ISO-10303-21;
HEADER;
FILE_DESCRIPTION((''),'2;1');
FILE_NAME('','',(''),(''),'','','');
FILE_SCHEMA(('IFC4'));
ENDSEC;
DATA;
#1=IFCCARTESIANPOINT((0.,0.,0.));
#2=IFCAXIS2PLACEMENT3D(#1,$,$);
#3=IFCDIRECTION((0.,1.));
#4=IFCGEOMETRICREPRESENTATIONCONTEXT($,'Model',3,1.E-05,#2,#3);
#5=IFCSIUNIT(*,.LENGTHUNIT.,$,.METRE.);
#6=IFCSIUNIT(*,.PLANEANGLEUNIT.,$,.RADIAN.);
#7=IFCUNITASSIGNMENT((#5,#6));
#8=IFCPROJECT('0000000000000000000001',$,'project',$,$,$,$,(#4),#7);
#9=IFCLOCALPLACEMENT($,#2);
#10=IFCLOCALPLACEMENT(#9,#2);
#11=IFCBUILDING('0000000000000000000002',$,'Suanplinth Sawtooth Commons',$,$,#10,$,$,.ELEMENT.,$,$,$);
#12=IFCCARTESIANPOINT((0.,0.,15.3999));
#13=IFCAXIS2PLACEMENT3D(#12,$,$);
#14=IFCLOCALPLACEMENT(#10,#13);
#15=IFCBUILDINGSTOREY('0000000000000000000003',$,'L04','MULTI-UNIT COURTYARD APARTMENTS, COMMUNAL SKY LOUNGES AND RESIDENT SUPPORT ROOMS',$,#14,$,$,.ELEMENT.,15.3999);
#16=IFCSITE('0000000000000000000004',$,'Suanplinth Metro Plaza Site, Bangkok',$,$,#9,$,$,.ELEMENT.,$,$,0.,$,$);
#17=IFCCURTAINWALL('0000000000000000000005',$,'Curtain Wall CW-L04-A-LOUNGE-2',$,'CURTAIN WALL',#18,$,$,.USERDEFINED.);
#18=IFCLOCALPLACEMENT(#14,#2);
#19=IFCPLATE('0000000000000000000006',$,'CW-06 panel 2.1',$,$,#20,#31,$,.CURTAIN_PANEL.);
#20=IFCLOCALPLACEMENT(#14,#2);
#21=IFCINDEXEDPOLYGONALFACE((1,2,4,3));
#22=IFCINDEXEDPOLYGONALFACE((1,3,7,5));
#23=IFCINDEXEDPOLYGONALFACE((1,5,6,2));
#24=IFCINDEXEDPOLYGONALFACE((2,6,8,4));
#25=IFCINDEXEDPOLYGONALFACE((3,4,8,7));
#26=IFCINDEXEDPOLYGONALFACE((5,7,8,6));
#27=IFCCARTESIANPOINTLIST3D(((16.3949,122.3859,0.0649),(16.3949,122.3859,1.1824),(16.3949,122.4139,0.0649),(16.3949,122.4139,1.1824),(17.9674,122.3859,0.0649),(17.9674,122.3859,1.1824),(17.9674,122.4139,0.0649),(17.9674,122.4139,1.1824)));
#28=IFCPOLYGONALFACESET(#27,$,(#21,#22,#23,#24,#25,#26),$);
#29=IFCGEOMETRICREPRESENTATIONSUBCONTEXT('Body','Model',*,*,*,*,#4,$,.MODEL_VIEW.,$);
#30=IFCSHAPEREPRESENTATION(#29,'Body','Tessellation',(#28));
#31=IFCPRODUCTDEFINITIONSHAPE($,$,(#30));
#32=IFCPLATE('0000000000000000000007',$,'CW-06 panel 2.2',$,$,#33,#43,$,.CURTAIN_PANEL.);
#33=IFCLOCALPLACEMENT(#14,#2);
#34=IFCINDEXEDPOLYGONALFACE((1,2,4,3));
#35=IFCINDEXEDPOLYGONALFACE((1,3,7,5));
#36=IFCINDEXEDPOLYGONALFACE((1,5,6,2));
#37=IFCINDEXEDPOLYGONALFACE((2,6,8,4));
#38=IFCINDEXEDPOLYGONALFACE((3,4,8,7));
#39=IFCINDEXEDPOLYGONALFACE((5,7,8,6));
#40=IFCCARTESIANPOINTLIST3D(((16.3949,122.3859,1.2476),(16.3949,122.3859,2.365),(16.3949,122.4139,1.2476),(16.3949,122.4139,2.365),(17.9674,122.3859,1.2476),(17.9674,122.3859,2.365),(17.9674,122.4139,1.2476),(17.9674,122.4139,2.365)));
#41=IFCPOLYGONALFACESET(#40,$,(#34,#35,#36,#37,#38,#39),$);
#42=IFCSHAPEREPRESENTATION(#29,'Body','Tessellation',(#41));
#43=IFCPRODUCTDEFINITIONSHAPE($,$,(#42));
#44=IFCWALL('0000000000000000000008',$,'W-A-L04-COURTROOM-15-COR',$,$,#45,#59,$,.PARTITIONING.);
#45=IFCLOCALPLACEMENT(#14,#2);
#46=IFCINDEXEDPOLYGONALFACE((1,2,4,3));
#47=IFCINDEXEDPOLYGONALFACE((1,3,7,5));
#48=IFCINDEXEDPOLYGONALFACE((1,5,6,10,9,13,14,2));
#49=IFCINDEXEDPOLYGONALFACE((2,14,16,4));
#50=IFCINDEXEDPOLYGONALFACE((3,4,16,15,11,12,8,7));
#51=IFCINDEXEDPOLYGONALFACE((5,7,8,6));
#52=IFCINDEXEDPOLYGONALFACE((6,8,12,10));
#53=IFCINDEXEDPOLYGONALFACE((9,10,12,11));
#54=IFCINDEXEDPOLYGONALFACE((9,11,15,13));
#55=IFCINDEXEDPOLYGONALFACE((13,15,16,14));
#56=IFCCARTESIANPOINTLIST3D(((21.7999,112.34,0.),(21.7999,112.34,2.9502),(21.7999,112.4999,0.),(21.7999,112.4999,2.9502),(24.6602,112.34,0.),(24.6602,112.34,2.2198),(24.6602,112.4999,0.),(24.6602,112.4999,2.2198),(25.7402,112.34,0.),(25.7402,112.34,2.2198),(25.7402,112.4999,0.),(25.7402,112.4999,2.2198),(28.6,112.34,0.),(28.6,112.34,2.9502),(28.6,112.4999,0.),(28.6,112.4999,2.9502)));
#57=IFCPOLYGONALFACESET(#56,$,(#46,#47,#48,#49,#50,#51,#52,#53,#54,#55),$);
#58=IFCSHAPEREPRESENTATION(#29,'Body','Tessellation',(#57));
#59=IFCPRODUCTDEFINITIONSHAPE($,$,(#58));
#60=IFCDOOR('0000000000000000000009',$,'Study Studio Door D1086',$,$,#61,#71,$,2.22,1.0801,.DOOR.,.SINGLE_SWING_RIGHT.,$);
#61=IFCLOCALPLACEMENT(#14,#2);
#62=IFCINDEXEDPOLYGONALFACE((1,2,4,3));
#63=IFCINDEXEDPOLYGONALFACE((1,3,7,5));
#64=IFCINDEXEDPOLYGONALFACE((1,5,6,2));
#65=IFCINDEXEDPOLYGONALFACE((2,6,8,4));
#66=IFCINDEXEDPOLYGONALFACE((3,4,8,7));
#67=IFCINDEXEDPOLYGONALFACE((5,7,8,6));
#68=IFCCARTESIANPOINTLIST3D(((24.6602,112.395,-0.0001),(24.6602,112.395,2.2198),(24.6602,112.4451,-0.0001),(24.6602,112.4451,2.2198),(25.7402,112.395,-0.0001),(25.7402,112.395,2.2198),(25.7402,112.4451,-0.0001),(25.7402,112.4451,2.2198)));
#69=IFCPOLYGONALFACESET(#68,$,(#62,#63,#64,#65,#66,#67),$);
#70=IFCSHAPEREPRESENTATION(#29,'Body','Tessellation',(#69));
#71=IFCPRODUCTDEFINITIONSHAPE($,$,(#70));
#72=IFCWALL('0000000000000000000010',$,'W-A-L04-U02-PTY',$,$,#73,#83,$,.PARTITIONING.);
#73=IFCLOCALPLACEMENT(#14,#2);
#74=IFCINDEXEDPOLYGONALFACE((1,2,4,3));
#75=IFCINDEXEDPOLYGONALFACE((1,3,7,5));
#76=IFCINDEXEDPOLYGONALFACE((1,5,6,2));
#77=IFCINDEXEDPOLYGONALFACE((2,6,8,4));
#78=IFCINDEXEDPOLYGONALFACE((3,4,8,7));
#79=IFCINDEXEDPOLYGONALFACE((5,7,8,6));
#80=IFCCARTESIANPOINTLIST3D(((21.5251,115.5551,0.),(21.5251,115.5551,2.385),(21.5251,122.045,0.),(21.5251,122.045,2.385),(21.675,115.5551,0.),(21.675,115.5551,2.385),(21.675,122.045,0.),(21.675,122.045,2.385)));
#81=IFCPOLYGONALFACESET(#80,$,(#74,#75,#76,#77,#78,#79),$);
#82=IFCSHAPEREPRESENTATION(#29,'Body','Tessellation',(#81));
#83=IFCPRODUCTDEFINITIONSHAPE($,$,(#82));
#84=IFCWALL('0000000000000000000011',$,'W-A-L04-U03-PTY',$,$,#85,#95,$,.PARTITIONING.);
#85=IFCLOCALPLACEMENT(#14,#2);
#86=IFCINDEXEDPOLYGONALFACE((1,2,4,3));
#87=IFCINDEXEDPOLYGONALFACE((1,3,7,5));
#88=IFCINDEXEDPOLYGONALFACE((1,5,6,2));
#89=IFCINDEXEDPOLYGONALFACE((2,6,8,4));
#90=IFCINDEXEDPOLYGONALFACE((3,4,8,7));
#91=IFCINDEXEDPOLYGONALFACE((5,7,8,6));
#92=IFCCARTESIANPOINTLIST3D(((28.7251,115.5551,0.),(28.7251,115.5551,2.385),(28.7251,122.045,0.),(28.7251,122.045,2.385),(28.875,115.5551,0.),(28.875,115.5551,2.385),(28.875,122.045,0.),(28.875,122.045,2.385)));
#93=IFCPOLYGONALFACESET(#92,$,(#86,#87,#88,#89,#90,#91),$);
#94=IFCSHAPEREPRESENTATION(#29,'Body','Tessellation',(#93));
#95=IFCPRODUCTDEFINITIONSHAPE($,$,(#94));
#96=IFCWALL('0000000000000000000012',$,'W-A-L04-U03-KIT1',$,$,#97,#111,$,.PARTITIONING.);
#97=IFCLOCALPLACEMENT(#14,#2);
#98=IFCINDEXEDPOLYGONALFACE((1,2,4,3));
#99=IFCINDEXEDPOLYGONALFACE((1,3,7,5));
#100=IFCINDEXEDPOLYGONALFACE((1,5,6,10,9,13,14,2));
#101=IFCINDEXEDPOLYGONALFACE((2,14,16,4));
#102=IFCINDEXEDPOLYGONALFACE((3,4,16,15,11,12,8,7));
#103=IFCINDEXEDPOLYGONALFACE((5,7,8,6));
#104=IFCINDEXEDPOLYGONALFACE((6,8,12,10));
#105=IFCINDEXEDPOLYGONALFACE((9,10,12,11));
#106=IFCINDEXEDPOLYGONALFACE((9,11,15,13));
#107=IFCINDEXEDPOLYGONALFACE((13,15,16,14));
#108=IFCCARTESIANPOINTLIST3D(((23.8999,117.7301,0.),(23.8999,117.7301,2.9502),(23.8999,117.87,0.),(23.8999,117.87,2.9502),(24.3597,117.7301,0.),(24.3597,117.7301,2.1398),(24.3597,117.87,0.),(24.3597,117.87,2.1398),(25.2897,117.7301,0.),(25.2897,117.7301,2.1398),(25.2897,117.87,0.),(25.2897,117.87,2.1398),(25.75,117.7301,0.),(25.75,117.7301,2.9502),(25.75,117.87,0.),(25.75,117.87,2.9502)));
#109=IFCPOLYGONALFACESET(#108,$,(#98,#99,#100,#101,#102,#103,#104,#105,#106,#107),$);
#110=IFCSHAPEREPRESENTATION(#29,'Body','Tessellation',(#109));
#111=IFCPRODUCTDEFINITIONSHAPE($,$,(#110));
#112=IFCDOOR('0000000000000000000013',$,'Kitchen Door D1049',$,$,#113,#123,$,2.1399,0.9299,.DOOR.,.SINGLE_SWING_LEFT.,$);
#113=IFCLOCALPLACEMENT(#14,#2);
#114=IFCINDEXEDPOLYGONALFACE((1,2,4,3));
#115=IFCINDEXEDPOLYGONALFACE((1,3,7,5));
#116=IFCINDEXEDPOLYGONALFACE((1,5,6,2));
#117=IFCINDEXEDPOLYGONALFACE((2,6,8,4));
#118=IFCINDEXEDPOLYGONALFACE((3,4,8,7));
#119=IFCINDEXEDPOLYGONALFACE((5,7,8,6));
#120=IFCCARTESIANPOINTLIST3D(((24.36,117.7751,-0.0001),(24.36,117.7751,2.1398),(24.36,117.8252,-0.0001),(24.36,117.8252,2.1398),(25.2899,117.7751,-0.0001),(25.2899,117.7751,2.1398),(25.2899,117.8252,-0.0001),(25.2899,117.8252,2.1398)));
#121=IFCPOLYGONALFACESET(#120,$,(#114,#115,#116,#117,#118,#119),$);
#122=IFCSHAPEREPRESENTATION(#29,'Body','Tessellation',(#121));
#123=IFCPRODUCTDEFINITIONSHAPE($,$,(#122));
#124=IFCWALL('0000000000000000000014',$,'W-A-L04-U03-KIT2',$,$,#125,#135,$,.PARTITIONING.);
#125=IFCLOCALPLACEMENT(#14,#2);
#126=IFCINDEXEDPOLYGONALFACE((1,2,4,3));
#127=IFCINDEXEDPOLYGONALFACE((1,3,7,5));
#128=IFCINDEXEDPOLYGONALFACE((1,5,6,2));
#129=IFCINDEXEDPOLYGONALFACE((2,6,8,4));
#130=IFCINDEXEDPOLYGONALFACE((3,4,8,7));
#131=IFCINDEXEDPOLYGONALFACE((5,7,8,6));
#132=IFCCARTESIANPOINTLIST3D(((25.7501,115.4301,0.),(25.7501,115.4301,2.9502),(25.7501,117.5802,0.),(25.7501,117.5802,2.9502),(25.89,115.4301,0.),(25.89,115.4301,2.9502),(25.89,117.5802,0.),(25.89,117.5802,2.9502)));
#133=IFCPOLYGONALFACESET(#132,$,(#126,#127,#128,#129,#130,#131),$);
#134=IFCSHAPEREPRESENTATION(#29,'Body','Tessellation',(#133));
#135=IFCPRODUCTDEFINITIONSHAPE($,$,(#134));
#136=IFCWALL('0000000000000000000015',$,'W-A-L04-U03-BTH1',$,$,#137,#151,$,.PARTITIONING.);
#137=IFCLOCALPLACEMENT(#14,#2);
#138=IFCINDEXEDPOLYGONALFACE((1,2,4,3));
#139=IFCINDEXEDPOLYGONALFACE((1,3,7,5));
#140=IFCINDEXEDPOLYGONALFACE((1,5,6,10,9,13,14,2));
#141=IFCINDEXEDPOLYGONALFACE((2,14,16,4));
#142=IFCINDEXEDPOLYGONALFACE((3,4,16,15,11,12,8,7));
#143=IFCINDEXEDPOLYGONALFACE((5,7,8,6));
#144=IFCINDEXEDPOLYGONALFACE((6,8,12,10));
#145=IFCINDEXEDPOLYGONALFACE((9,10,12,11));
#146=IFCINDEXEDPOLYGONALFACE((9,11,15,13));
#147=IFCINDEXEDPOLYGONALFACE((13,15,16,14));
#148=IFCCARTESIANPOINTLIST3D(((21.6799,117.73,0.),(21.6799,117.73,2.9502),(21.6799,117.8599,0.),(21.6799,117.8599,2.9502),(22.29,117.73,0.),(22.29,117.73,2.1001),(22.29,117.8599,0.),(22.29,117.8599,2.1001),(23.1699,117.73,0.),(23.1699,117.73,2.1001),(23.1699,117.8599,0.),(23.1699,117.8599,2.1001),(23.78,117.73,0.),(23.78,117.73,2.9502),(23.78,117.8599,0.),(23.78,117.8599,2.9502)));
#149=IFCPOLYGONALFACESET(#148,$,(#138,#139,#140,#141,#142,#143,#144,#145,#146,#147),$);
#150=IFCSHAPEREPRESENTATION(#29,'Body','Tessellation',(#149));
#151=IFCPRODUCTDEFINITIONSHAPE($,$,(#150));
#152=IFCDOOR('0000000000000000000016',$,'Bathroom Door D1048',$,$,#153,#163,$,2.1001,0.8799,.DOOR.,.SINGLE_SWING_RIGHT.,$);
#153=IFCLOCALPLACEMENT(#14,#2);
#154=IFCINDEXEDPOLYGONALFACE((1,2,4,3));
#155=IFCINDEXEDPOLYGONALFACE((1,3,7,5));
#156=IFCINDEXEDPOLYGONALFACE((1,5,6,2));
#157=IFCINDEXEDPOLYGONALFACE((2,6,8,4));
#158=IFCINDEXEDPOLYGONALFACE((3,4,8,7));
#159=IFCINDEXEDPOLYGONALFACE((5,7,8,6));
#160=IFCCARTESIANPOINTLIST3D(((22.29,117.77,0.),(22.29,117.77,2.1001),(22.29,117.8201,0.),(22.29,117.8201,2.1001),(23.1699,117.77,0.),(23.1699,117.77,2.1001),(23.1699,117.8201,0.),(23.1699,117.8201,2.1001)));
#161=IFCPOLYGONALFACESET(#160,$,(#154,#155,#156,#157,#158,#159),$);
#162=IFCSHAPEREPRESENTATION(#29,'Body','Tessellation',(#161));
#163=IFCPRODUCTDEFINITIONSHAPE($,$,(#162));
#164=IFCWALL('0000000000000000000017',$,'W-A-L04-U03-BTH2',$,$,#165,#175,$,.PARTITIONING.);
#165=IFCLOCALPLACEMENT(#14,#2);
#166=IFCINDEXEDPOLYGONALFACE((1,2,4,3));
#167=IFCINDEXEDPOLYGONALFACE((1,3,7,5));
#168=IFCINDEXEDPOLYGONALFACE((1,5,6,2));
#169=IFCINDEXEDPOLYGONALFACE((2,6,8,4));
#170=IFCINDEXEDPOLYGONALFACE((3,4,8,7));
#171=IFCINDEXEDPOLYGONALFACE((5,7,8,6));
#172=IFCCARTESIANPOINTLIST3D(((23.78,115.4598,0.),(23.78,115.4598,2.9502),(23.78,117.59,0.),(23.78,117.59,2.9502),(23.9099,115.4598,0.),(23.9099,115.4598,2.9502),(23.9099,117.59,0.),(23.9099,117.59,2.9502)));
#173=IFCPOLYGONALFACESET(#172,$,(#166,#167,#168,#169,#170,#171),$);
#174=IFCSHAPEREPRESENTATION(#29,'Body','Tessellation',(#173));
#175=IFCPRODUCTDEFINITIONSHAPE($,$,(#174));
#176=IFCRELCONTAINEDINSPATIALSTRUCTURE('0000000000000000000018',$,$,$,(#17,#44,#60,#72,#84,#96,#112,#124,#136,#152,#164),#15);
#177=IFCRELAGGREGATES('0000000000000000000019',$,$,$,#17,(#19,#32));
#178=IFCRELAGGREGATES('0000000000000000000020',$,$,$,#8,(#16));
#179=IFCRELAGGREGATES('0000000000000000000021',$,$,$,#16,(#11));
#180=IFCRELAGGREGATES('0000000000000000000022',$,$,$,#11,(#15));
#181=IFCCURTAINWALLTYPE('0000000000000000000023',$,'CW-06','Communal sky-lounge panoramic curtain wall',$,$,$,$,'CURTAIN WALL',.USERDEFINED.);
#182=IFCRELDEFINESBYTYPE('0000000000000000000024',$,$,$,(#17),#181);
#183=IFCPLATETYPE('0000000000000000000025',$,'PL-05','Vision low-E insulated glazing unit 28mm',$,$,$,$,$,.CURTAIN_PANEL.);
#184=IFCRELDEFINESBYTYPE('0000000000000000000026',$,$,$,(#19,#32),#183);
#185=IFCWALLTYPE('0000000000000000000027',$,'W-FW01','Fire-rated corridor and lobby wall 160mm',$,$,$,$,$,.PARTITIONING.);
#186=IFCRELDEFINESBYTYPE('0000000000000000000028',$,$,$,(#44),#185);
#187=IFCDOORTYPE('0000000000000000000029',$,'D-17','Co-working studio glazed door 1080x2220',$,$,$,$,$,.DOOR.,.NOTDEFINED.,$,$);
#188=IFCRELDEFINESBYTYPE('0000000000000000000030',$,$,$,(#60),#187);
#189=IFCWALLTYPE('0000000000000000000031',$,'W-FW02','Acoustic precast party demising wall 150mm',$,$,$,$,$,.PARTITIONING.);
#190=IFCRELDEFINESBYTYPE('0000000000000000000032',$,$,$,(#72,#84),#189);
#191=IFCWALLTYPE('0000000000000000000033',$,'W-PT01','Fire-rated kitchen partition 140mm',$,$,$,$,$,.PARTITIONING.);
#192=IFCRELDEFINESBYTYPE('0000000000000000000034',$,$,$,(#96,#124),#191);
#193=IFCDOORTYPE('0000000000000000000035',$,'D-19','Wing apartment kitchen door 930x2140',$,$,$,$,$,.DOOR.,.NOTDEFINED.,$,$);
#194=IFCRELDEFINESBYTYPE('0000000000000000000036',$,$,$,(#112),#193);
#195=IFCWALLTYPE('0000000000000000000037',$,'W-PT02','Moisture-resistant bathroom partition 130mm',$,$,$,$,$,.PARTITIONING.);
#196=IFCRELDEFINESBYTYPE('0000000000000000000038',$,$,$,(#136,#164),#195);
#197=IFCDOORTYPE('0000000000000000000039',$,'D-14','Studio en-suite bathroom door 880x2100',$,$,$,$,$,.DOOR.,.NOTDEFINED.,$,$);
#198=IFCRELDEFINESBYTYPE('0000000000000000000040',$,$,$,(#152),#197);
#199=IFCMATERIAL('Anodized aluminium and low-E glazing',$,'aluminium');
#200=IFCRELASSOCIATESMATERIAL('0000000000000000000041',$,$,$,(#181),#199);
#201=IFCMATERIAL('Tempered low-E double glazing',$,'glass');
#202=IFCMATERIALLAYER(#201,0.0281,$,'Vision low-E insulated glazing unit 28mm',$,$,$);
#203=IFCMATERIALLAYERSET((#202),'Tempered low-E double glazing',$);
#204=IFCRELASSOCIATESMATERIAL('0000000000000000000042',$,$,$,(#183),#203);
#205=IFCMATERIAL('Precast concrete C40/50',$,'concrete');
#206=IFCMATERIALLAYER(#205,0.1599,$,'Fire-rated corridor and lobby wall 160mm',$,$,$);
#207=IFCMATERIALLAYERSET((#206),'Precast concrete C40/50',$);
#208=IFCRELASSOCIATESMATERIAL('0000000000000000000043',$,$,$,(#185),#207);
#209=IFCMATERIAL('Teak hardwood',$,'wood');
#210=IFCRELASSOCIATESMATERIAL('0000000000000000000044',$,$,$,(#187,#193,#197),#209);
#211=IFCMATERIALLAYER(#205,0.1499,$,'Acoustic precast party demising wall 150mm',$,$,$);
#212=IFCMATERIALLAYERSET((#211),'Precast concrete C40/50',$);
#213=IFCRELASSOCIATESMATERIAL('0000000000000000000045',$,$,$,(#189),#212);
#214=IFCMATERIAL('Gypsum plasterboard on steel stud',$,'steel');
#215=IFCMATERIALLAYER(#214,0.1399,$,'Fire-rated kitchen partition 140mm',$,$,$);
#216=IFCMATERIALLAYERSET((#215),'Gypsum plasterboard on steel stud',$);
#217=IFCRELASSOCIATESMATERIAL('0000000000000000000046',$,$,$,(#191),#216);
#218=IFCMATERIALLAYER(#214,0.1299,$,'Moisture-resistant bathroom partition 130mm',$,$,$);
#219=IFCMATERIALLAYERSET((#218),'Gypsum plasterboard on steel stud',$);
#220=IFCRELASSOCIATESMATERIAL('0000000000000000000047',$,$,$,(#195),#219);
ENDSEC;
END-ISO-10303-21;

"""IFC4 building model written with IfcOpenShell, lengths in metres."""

from ifc_helpers import new_model, si_unit, direction, frame, frame_2d, origin, origin_2d, place, context, subcontext, project, spatial, rectangle, extrude, material, layer, layer_set, type_object, element, fill, aggregate, save


model = new_model("IFC4")

# Units and contexts
model_context = context("Model", 3, precision=1e-05, world=origin(), true_north=direction((0.0, 1.0)))
body_context = subcontext(model_context, "Body", "Model", "MODEL_VIEW")
ifc_project = project(units=[si_unit("LENGTHUNIT", "METRE"), si_unit("PLANEANGLEUNIT", "RADIAN")], contexts=[model_context])

# Site, building, storey
site_placement = place(None, origin())
site = spatial("IfcSite", under=ifc_project, at=site_placement, Name="Suanplinth Metro Plaza Site, Bangkok", CompositionType="ELEMENT", RefElevation=0.0)
building_placement = place(site_placement, origin())
building = spatial("IfcBuilding", under=site, at=building_placement, Name="Suanplinth Sawtooth Commons", CompositionType="ELEMENT")
storey_placement = place(building_placement, frame((0.0, 0.0, 15.3999)))
storey = spatial("IfcBuildingStorey", under=building, at=storey_placement, Name="L04", Description="MULTI-UNIT COURTYARD APARTMENTS, COMMUNAL SKY LOUNGES AND RESIDENT SUPPORT ROOMS", CompositionType="ELEMENT", Elevation=15.3999)

# Shared definitions
ifc_material_1 = material(Name="Precast concrete C40/50", Category="concrete")

# Curtain wall, plates
ifc_material_2 = material(Name="Anodized aluminium and low-E glazing", Category="aluminium")
curtain_wall_type = type_object("IfcCurtainWallType", Name="CW-06", Description="Communal sky-lounge panoramic curtain wall", ElementType="CURTAIN WALL", PredefinedType="USERDEFINED", material=ifc_material_2)
curtain_wall_placement = place(storey_placement, origin())
curtain_wall = element("IfcCurtainWall", 1, at=curtain_wall_placement, inside=storey, type_object=curtain_wall_type, Name="Curtain Wall CW-L04-A-LOUNGE-2", ObjectType="CURTAIN WALL", PredefinedType="USERDEFINED")
ifc_material_3 = material(Name="Tempered low-E double glazing", Category="glass")
ifc_layer_1 = layer(ifc_material_3, 0.0281, Name="Vision low-E insulated glazing unit 28mm")
ifc_layer_set_1 = layer_set([ifc_layer_1], Name="Tempered low-E double glazing")
plate_type = type_object("IfcPlateType", Name="PL-05", Description="Vision low-E insulated glazing unit 28mm", PredefinedType="CURTAIN_PANEL", material=ifc_layer_set_1)
plate_1_placement = place(storey_placement, frame((17.1812, 122.3999, 0.0649), z_axis=(0.0, 0.0, 1.0), x_axis=(1.0, 0.0, 0.0)))
plate_1 = element("IfcPlate", 2, at=plate_1_placement, type_object=plate_type, Name="CW-06 panel 2.1", PredefinedType="CURTAIN_PANEL", context=body_context, shape_type="SweptSolid", body=[
    extrude(rectangle(XDim=1.5725, YDim=0.0281, at=origin_2d()), origin(), (0.0, 0.0, 1.0), 1.1174),
])
plate_2_placement = place(storey_placement, frame((17.1812, 122.3999, 1.2476), z_axis=(0.0, 0.0, 1.0), x_axis=(1.0, 0.0, 0.0)))
plate_2 = element("IfcPlate", 3, at=plate_2_placement, type_object=plate_type, Name="CW-06 panel 2.2", PredefinedType="CURTAIN_PANEL", context=body_context, shape_type="SweptSolid", body=[
    extrude(rectangle(XDim=1.5725, YDim=0.0281, at=origin_2d()), origin(), (0.0, 0.0, 1.0), 1.1174),
])
aggregate(curtain_wall, [plate_1, plate_2])

# Wall, opening, door
ifc_layer_2 = layer(ifc_material_1, 0.1599, Name="Fire-rated corridor and lobby wall 160mm")
ifc_layer_set_2 = layer_set([ifc_layer_2], Name="Precast concrete C40/50")
wall_type_1 = type_object("IfcWallType", Name="W-FW01", Description="Fire-rated corridor and lobby wall 160mm", PredefinedType="PARTITIONING", material=ifc_layer_set_2)
wall_1_placement = place(storey_placement, frame((21.8, 112.4199, 0.0), z_axis=(0.0, 0.0, 1.0), x_axis=(1.0, 0.0, 0.0)))
wall_1 = element("IfcWall", 4, at=wall_1_placement, inside=storey, type_object=wall_type_1, Name="W-A-L04-COURTROOM-15-COR", PredefinedType="PARTITIONING", context=body_context, shape_type="SweptSolid", body=[
    extrude(rectangle(XDim=6.8, YDim=0.1599, at=frame_2d((3.3999, 0.0))), origin(), (0.0, 0.0, 1.0), 2.9502),
])
opening_1_placement = place(wall_1_placement, frame((2.8601, 0.0, 0.0)))
opening_1 = element("IfcOpeningElement", 5, at=opening_1_placement, cuts=wall_1, PredefinedType="OPENING", context=body_context, shape_type="SweptSolid", body=[
    extrude(rectangle(XDim=1.0801, YDim=2.22, at=frame_2d((0.54, 1.1099))), frame((0.0, 0.0947, 0.0), z_axis=(0.0, -1.0, 0.0), x_axis=(1.0, 0.0, 0.0)), (0.0, 0.0, 1.0), 0.1897),
])
ifc_material_4 = material(Name="Teak hardwood", Category="wood")
door_type_1 = type_object("IfcDoorType", Name="D-17", Description="Co-working studio glazed door 1080x2220", OperationType="NOTDEFINED", PredefinedType="DOOR", material=ifc_material_4)
door_1_placement = place(opening_1_placement, frame((1.0801, 0.0, 0.0), z_axis=(0.0, 0.0, 1.0), x_axis=(-1.0, 0.0, 0.0)))
door_1 = element("IfcDoor", 6, at=door_1_placement, inside=storey, type_object=door_type_1, Name="Study Studio Door D1086", OperationType="SINGLE_SWING_RIGHT", OverallHeight=2.22, OverallWidth=1.0801, PredefinedType="DOOR", context=body_context, shape_type="SweptSolid", body=[
    extrude(rectangle(XDim=1.0801, YDim=2.22, at=frame_2d((0.54, 1.1099))), frame((0.0, 0.0249, 0.0), z_axis=(0.0, -1.0, 0.0), x_axis=(1.0, 0.0, 0.0)), (0.0, 0.0, 1.0), 0.05),
])
fill(opening_1, door_1)

# Walls
ifc_layer_3 = layer(ifc_material_1, 0.1499, Name="Acoustic precast party demising wall 150mm")
ifc_layer_set_3 = layer_set([ifc_layer_3], Name="Precast concrete C40/50")
wall_type_2 = type_object("IfcWallType", Name="W-FW02", Description="Acoustic precast party demising wall 150mm", PredefinedType="PARTITIONING", material=ifc_layer_set_3)
for number, where, z_axis, x_axis, name in (
    (7, (21.6001, 115.5549, 0.0), (0.0, 0.0, 1.0), (0.0, 1.0, 0.0), "W-A-L04-U02-PTY"),
    (8, (28.8, 115.5549, 0.0), (0.0, 0.0, 1.0), (0.0, 1.0, 0.0), "W-A-L04-U03-PTY"),
):
    element("IfcWall", number, at=place(storey_placement, frame(where, z_axis=z_axis, x_axis=x_axis)), inside=storey, type_object=wall_type_2, Name=name, PredefinedType="PARTITIONING", context=body_context, shape_type="SweptSolid", body=[
        extrude(rectangle(XDim=6.49, YDim=0.1499, at=frame_2d((3.2451, 0.0))), origin(), (0.0, 0.0, 1.0), 2.385),
    ])

# Wall, opening, door
ifc_material_5 = material(Name="Gypsum plasterboard on steel stud", Category="steel")
ifc_layer_4 = layer(ifc_material_5, 0.1399, Name="Fire-rated kitchen partition 140mm")
ifc_layer_set_4 = layer_set([ifc_layer_4], Name="Gypsum plasterboard on steel stud")
wall_type_3 = type_object("IfcWallType", Name="W-PT01", Description="Fire-rated kitchen partition 140mm", PredefinedType="PARTITIONING", material=ifc_layer_set_4)
wall_2_placement = place(storey_placement, frame((23.8999, 117.8, 0.0), z_axis=(0.0, 0.0, 1.0), x_axis=(1.0, 0.0, 0.0)))
wall_2 = element("IfcWall", 9, at=wall_2_placement, inside=storey, type_object=wall_type_3, Name="W-A-L04-U03-KIT1", PredefinedType="PARTITIONING", context=body_context, shape_type="SweptSolid", body=[
    extrude(rectangle(XDim=1.8501, YDim=0.1399, at=frame_2d((0.925, 0.0))), origin(), (0.0, 0.0, 1.0), 2.9502),
])
opening_2_placement = place(wall_2_placement, frame((0.46, 0.0, 0.0)))
opening_2 = element("IfcOpeningElement", 10, at=opening_2_placement, cuts=wall_2, PredefinedType="OPENING", context=body_context, shape_type="SweptSolid", body=[
    extrude(rectangle(XDim=0.9299, YDim=2.1399, at=frame_2d((0.4648, 1.0698))), frame((0.0, 0.085, 0.0), z_axis=(0.0, -1.0, 0.0), x_axis=(1.0, 0.0, 0.0)), (0.0, 0.0, 1.0), 0.1697),
])
door_type_2 = type_object("IfcDoorType", Name="D-19", Description="Wing apartment kitchen door 930x2140", OperationType="NOTDEFINED", PredefinedType="DOOR", material=ifc_material_4)
door_2_placement = place(opening_2_placement, frame((0.9299, 0.0, 0.0), z_axis=(0.0, 0.0, 1.0), x_axis=(-1.0, 0.0, 0.0)))
door_2 = element("IfcDoor", 11, at=door_2_placement, inside=storey, type_object=door_type_2, Name="Kitchen Door D1049", OperationType="SINGLE_SWING_LEFT", OverallHeight=2.1399, OverallWidth=0.9299, PredefinedType="DOOR", context=body_context, shape_type="SweptSolid", body=[
    extrude(rectangle(XDim=0.9299, YDim=2.1399, at=frame_2d((0.4648, 1.0698))), frame((0.0, 0.0249, 0.0), z_axis=(0.0, -1.0, 0.0), x_axis=(1.0, 0.0, 0.0)), (0.0, 0.0, 1.0), 0.05),
])
fill(opening_2, door_2)

# Wall
wall_3_placement = place(storey_placement, frame((25.8201, 115.4299, 0.0), z_axis=(0.0, 0.0, 1.0), x_axis=(0.0, 1.0, 0.0)))
element("IfcWall", 12, at=wall_3_placement, inside=storey, type_object=wall_type_3, Name="W-A-L04-U03-KIT2", PredefinedType="PARTITIONING", context=body_context, shape_type="SweptSolid", body=[
    extrude(rectangle(XDim=2.1501, YDim=0.1399, at=frame_2d((1.0752, 0.0))), origin(), (0.0, 0.0, 1.0), 2.9502),
])

# Wall, opening, door
ifc_layer_5 = layer(ifc_material_5, 0.1299, Name="Moisture-resistant bathroom partition 130mm")
ifc_layer_set_5 = layer_set([ifc_layer_5], Name="Gypsum plasterboard on steel stud")
wall_type_4 = type_object("IfcWallType", Name="W-PT02", Description="Moisture-resistant bathroom partition 130mm", PredefinedType="PARTITIONING", material=ifc_layer_set_5)
wall_4_placement = place(storey_placement, frame((21.6799, 117.7949, 0.0), z_axis=(0.0, 0.0, 1.0), x_axis=(1.0, 0.0, 0.0)))
wall_4 = element("IfcWall", 13, at=wall_4_placement, inside=storey, type_object=wall_type_4, Name="W-A-L04-U03-BTH1", PredefinedType="PARTITIONING", context=body_context, shape_type="SweptSolid", body=[
    extrude(rectangle(XDim=2.1001, YDim=0.1299, at=frame_2d((1.05, 0.0))), origin(), (0.0, 0.0, 1.0), 2.9502),
])
opening_3_placement = place(wall_4_placement, frame((0.6101, 0.0, 0.0)))
opening_3 = element("IfcOpeningElement", 14, at=opening_3_placement, cuts=wall_4, PredefinedType="OPENING", context=body_context, shape_type="SweptSolid", body=[
    extrude(rectangle(XDim=0.8799, YDim=2.1001, at=frame_2d((0.4399, 1.05))), frame((0.0, 0.0798, 0.0), z_axis=(0.0, -1.0, 0.0), x_axis=(1.0, 0.0, 0.0)), (0.0, 0.0, 1.0), 0.1597),
])
door_type_3 = type_object("IfcDoorType", Name="D-14", Description="Studio en-suite bathroom door 880x2100", OperationType="NOTDEFINED", PredefinedType="DOOR", material=ifc_material_4)
door_3_placement = place(opening_3_placement, frame((0.8799, 0.0, 0.0), z_axis=(0.0, 0.0, 1.0), x_axis=(-1.0, 0.0, 0.0)))
door_3 = element("IfcDoor", 15, at=door_3_placement, inside=storey, type_object=door_type_3, Name="Bathroom Door D1048", OperationType="SINGLE_SWING_RIGHT", OverallHeight=2.1001, OverallWidth=0.8799, PredefinedType="DOOR", context=body_context, shape_type="SweptSolid", body=[
    extrude(rectangle(XDim=0.8799, YDim=2.1001, at=frame_2d((0.4399, 1.05))), frame((0.0, 0.0249, 0.0), z_axis=(0.0, -1.0, 0.0), x_axis=(1.0, 0.0, 0.0)), (0.0, 0.0, 1.0), 0.05),
])
fill(opening_3, door_3)

# Wall
wall_5_placement = place(storey_placement, frame((23.845, 115.46, 0.0), z_axis=(0.0, 0.0, 1.0), x_axis=(0.0, 1.0, 0.0)))
element("IfcWall", 16, at=wall_5_placement, inside=storey, type_object=wall_type_4, Name="W-A-L04-U03-BTH2", PredefinedType="PARTITIONING", context=body_context, shape_type="SweptSolid", body=[
    extrude(rectangle(XDim=2.1301, YDim=0.1299, at=frame_2d((1.0649, 0.0))), origin(), (0.0, 0.0, 1.0), 2.9502),
])

save(model, "model.ifc")
